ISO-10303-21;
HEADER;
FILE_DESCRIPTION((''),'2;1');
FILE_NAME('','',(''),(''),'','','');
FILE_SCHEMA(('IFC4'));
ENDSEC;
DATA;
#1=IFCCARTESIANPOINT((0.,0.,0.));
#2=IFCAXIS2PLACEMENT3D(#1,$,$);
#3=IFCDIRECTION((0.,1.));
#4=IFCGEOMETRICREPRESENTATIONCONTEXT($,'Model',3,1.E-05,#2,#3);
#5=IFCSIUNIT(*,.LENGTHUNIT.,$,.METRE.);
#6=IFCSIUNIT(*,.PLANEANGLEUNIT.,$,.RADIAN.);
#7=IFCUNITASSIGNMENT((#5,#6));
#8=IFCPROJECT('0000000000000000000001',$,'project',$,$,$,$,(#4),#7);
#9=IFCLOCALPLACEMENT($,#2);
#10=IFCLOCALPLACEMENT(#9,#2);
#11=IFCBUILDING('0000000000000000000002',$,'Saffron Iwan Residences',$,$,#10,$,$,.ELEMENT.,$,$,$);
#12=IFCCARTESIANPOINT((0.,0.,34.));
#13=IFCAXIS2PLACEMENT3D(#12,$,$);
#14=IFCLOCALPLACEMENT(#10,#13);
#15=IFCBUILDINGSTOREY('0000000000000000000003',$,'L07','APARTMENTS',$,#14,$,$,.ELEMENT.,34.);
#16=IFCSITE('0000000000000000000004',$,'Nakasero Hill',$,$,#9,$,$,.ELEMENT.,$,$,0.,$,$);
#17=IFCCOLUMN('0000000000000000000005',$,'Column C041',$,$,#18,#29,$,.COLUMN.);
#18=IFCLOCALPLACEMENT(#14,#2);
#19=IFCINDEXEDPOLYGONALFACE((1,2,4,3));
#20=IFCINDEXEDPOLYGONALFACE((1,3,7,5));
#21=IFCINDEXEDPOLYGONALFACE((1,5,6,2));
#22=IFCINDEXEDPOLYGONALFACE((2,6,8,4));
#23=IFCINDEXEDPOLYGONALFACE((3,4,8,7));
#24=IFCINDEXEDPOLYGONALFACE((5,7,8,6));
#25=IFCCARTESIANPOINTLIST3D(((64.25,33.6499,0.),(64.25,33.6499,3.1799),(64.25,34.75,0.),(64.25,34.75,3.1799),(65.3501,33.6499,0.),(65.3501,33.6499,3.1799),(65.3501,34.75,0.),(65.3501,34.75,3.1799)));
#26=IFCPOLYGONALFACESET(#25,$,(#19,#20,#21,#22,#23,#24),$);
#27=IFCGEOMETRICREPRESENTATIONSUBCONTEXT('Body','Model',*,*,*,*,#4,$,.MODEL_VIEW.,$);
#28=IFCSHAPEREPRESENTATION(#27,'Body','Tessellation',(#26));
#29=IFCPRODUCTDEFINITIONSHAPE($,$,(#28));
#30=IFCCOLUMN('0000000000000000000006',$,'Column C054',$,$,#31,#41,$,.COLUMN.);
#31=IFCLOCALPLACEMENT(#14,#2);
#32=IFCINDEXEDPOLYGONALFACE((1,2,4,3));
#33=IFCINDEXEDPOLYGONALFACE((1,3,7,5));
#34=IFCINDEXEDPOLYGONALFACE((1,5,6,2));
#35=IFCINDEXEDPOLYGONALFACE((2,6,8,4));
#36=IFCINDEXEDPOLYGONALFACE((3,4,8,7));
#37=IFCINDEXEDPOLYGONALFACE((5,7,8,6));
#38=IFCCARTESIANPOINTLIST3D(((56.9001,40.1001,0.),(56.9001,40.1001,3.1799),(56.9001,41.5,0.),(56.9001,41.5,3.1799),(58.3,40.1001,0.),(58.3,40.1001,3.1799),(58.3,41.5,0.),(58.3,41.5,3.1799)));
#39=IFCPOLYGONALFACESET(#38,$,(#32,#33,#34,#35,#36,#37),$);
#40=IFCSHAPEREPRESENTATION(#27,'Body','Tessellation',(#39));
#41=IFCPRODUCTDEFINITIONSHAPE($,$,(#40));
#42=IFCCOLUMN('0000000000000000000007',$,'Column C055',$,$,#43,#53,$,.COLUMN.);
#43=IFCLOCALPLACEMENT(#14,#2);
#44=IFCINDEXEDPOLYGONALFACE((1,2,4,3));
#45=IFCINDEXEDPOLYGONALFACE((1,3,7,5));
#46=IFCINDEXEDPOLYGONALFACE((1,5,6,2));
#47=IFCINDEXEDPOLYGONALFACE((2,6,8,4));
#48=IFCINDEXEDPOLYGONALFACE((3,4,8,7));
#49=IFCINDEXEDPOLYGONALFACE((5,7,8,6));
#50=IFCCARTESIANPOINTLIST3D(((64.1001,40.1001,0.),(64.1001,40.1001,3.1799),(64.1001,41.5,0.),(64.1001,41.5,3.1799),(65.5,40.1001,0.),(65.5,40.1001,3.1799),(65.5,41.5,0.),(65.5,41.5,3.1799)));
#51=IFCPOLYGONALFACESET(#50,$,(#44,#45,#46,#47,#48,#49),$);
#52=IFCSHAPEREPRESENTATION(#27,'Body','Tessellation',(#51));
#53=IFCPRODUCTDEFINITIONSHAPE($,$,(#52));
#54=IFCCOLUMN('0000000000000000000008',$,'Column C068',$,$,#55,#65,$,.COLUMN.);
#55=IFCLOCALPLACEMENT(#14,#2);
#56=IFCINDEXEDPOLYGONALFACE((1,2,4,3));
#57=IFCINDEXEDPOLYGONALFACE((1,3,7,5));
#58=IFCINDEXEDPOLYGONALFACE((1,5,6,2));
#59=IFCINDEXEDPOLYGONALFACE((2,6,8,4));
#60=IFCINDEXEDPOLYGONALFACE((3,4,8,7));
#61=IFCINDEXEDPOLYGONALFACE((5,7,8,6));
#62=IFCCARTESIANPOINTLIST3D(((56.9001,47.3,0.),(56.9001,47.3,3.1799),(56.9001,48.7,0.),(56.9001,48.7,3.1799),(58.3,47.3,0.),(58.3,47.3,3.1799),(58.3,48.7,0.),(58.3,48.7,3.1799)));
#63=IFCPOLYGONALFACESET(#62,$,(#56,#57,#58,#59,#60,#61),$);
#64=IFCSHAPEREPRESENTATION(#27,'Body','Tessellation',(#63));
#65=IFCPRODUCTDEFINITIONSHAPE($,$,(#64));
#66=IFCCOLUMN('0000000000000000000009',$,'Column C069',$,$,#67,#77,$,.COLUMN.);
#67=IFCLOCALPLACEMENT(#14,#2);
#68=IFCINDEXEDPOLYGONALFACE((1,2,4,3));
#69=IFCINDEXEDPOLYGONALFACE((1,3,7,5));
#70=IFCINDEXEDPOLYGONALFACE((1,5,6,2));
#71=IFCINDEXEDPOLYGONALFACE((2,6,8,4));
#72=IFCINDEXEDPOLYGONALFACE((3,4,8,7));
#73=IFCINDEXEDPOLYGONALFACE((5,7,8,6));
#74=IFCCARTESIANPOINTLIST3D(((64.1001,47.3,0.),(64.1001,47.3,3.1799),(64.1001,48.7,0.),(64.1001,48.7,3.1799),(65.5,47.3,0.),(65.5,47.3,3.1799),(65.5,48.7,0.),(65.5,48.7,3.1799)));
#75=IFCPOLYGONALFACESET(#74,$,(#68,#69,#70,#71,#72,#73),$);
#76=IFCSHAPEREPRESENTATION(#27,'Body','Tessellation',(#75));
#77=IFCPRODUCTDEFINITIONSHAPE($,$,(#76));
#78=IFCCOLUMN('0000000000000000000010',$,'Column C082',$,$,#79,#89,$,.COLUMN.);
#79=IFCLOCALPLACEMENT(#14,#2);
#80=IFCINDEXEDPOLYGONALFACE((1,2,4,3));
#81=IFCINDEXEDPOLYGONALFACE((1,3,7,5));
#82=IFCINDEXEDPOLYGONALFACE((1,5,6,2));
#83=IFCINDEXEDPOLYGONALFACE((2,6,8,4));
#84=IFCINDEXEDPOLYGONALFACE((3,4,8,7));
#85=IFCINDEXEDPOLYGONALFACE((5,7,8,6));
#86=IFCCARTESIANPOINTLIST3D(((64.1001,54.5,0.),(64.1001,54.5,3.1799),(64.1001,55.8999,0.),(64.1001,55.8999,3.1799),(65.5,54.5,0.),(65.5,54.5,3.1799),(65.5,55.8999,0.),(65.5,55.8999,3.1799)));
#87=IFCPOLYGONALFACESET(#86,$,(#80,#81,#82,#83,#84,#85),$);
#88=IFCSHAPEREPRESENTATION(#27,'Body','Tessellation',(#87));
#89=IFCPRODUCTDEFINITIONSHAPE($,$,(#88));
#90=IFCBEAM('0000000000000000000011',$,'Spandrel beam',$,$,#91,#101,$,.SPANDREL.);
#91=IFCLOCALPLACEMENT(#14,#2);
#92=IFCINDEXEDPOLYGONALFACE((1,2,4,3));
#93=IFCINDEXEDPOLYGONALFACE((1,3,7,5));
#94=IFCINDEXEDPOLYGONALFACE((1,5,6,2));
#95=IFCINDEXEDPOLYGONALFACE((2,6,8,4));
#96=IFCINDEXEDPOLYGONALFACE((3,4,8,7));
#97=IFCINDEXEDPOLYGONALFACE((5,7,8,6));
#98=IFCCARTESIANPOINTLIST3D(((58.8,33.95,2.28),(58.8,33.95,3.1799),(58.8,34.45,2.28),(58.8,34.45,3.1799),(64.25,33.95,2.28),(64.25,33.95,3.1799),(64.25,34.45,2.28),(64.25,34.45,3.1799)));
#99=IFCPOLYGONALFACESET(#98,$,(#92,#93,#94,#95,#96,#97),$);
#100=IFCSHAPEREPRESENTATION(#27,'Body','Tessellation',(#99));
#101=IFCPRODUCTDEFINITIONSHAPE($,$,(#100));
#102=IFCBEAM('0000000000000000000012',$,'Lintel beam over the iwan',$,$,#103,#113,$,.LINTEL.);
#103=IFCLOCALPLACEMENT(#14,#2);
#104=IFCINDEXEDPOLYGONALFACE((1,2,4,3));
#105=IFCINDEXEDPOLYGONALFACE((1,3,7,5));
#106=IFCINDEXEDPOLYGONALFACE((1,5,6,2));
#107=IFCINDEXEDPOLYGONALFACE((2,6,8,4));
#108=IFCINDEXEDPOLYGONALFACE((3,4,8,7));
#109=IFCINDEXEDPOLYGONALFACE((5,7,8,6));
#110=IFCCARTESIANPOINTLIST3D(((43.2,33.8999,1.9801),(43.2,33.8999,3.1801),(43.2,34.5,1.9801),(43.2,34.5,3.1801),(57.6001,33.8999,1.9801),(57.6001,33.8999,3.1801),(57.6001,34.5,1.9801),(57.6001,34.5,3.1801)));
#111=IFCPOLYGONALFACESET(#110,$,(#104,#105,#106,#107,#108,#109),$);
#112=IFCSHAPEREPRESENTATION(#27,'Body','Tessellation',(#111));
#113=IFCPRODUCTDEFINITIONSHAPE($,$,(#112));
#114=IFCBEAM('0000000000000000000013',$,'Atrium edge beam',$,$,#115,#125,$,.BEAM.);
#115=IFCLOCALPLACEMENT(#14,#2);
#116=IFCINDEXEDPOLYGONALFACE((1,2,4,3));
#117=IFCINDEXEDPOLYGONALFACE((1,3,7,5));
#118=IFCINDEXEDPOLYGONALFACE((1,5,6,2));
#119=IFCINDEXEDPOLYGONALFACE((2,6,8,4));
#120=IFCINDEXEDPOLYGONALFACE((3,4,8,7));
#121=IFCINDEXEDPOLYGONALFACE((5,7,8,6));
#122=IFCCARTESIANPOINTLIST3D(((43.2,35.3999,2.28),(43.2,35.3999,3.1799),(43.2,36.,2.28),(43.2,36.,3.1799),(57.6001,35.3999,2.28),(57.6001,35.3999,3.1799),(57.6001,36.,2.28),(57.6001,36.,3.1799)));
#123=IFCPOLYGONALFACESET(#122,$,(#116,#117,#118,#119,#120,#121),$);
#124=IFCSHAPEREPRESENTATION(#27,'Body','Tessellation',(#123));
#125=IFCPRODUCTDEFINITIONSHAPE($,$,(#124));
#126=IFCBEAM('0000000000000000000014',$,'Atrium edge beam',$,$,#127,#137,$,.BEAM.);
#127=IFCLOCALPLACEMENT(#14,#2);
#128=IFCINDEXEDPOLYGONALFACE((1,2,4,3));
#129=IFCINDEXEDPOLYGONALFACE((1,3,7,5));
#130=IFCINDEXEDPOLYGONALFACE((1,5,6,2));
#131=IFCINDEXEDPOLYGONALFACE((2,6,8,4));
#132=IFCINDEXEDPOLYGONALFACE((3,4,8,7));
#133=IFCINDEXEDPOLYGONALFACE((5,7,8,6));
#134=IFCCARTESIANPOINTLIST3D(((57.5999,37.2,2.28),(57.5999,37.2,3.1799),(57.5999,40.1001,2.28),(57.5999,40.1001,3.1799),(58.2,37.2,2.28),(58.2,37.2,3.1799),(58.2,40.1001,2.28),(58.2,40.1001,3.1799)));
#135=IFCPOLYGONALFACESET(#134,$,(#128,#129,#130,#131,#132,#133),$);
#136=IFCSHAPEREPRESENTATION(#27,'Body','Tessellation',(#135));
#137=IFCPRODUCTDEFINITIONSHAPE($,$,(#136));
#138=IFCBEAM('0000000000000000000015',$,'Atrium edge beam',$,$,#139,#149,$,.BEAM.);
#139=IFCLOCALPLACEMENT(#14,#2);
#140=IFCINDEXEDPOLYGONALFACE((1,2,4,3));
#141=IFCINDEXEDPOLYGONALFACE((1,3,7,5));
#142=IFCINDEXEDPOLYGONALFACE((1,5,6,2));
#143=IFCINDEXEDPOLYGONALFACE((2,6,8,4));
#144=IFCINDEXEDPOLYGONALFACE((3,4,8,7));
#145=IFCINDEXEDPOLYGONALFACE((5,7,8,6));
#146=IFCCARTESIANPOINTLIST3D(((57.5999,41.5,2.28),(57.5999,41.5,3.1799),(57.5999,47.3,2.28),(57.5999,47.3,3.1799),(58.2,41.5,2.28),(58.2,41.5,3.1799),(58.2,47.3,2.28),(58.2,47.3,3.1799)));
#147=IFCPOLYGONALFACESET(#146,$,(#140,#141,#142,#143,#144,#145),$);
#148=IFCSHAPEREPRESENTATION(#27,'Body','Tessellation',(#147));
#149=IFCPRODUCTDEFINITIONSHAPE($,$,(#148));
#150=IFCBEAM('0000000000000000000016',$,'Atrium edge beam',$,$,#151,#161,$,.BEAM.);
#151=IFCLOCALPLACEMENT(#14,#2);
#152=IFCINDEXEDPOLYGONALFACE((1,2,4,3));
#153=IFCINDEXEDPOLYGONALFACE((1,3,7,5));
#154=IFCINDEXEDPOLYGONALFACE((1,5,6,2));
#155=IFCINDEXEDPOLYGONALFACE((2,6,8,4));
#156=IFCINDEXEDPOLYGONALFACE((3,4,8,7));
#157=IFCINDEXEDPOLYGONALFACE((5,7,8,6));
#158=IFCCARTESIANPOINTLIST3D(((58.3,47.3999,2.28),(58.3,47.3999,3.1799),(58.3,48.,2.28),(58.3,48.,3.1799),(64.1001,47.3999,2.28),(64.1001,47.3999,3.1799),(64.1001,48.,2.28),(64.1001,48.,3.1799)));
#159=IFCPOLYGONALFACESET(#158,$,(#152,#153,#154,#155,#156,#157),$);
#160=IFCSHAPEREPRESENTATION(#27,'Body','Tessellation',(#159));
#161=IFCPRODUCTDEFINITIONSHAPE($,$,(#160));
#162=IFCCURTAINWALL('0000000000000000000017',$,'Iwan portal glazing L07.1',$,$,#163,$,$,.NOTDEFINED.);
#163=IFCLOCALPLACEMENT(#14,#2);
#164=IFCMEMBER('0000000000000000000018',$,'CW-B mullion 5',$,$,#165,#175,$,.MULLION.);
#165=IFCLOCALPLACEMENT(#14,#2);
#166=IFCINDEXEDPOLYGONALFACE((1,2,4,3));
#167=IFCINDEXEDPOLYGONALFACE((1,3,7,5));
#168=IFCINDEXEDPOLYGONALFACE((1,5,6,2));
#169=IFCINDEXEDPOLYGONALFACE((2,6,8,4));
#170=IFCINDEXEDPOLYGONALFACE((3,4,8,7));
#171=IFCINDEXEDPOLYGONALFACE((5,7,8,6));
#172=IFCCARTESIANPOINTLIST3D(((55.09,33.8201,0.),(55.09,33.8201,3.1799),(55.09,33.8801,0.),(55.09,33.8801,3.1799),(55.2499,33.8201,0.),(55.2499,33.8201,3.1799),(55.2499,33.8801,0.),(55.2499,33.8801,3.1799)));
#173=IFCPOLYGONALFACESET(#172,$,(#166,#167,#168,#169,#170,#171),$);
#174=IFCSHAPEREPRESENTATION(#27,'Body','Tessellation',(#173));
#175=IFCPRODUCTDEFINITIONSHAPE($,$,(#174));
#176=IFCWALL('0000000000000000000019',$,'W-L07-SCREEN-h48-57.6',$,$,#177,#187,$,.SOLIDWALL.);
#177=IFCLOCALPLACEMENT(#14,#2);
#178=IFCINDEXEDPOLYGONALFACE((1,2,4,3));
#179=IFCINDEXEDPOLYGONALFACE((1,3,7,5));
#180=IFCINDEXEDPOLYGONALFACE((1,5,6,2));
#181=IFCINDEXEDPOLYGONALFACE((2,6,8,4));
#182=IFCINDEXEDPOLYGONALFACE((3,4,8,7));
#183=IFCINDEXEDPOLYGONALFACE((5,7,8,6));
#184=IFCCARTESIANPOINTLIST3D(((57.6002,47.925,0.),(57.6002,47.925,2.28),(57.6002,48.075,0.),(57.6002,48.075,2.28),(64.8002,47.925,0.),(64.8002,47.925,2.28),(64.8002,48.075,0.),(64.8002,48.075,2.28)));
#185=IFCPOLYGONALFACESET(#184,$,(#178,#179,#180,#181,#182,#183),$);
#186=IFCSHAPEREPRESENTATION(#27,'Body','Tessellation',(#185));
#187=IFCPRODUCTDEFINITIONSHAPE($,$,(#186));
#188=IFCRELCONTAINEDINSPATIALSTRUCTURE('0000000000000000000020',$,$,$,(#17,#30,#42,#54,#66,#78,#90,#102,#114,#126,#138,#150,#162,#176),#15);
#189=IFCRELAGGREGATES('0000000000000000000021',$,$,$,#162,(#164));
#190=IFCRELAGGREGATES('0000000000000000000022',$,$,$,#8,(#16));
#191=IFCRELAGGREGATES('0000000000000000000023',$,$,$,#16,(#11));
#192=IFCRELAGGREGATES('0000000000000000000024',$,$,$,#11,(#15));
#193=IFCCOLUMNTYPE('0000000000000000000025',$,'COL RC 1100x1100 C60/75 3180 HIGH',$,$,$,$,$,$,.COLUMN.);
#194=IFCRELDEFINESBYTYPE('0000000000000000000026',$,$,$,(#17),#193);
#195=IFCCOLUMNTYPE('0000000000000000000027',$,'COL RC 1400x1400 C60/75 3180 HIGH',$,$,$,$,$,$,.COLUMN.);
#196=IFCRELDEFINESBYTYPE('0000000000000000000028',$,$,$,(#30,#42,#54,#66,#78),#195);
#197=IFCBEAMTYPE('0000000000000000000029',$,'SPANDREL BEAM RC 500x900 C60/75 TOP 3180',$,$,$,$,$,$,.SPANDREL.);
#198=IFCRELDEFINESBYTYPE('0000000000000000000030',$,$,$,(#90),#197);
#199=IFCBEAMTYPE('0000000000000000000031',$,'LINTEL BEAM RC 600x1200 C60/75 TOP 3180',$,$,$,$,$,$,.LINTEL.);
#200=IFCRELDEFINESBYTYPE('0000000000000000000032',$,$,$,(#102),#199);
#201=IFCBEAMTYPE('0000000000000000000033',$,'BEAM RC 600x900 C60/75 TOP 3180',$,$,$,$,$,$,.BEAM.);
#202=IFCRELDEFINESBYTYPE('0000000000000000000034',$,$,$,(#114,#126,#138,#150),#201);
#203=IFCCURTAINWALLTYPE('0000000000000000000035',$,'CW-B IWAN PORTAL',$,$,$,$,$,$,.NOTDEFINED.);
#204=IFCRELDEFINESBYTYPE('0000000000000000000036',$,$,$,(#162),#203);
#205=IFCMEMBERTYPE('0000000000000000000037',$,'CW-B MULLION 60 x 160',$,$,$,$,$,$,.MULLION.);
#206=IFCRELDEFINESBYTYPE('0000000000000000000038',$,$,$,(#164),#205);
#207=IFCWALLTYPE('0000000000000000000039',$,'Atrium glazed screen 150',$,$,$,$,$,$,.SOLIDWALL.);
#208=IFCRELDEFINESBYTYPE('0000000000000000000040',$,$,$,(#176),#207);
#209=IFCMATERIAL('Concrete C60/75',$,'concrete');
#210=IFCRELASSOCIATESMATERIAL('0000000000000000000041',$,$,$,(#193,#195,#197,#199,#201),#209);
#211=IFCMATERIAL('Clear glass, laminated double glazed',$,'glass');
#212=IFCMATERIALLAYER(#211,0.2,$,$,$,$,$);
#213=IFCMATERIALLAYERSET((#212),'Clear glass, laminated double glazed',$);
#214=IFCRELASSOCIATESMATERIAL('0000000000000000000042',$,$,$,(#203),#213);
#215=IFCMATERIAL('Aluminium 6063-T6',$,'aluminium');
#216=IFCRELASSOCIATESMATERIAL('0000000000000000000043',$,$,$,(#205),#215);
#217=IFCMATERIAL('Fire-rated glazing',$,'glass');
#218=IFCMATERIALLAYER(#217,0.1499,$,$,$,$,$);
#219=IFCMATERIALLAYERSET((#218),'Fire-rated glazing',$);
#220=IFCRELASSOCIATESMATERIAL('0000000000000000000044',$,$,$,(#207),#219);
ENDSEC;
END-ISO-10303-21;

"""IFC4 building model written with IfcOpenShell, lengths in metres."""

from ifc_helpers import new_model, si_unit, direction, frame, frame_2d, origin, origin_2d, place, context, subcontext, project, spatial, rectangle, extrude, source, transform, mapped, material, layer, layer_set, material_profile, profile_set, type_object, element, aggregate, save


model = new_model("IFC4")

# Units and contexts
model_context = context("Model", 3, precision=1e-05, world=origin(), true_north=direction((0.0, 1.0)))
body_context = subcontext(model_context, "Body", "Model", "MODEL_VIEW")
ifc_project = project(units=[si_unit("LENGTHUNIT", "METRE"), si_unit("PLANEANGLEUNIT", "RADIAN")], contexts=[model_context])

# Site, building, storey
site_placement = place(None, origin())
site = spatial("IfcSite", under=ifc_project, at=site_placement, Name="Nakasero Hill", CompositionType="ELEMENT", RefElevation=0.0)
building_placement = place(site_placement, origin())
building = spatial("IfcBuilding", under=site, at=building_placement, Name="Saffron Iwan Residences", CompositionType="ELEMENT")
storey_placement = place(building_placement, frame((0.0, 0.0, 34.0)))
storey = spatial("IfcBuildingStorey", under=building, at=storey_placement, Name="L07", Description="APARTMENTS", CompositionType="ELEMENT", Elevation=34.0)

# Columns
ifc_material_1 = material(Name="Concrete C60/75", Category="concrete")
ifc_material_profile_1 = material_profile(ifc_material_1, rectangle(XDim=1.1001, YDim=1.1001, at=origin_2d()), Name="RC 1100x1100")
ifc_profile_set_1 = profile_set([ifc_material_profile_1], Name="Concrete C60/75")
column_type_1 = type_object("IfcColumnType", Name="COL RC 1100x1100 C60/75 3180 HIGH", PredefinedType="COLUMN", material=ifc_profile_set_1)
shared_shape_1 = source(origin(), body_context, "Body", "SweptSolid", [
    extrude(rectangle(XDim=1.1001, YDim=1.1001, at=origin_2d()), origin(), (0.0, 0.0, 1.0), 3.1799),
])
column_placement = place(storey_placement, frame((64.8, 34.2, 0.0), z_axis=(0.0, 0.0, 1.0), x_axis=(1.0, 0.0, 0.0)))
element("IfcColumn", 1, at=column_placement, inside=storey, type_object=column_type_1, Name="Column C041", PredefinedType="COLUMN", context=body_context, shape_type="MappedRepresentation", body=[
    mapped(shared_shape_1, transform((0.0, 0.0, 0.0))),
])
ifc_material_profile_2 = material_profile(ifc_material_1, rectangle(XDim=1.3999, YDim=1.3999, at=origin_2d()), Name="RC 1400x1400")
ifc_profile_set_2 = profile_set([ifc_material_profile_2], Name="Concrete C60/75")
column_type_2 = type_object("IfcColumnType", Name="COL RC 1400x1400 C60/75 3180 HIGH", PredefinedType="COLUMN", material=ifc_profile_set_2)
shared_shape_2 = source(origin(), body_context, "Body", "SweptSolid", [
    extrude(rectangle(XDim=1.3999, YDim=1.3999, at=origin_2d()), origin(), (0.0, 0.0, 1.0), 3.1799),
])
for number, where, z_axis, x_axis, name in (
    (2, (57.6001, 40.8, 0.0), (0.0, 0.0, 1.0), (1.0, 0.0, 0.0), "Column C054"),
    (3, (64.8, 40.8, 0.0), (0.0, 0.0, 1.0), (1.0, 0.0, 0.0), "Column C055"),
    (4, (57.6001, 48.0, 0.0), (0.0, 0.0, 1.0), (1.0, 0.0, 0.0), "Column C068"),
    (5, (64.8, 48.0, 0.0), (0.0, 0.0, 1.0), (1.0, 0.0, 0.0), "Column C069"),
    (6, (64.8, 55.2, 0.0), (0.0, 0.0, 1.0), (1.0, 0.0, 0.0), "Column C082"),
):
    element("IfcColumn", number, at=place(storey_placement, frame(where, z_axis=z_axis, x_axis=x_axis)), inside=storey, type_object=column_type_2, Name=name, PredefinedType="COLUMN", context=body_context, shape_type="MappedRepresentation", body=[
        mapped(shared_shape_2, transform((0.0, 0.0, 0.0))),
    ])

# Beams
ifc_material_profile_3 = material_profile(ifc_material_1, rectangle(XDim=0.5, YDim=0.8999, at=origin_2d()), Name="RC 500x900")
ifc_profile_set_3 = profile_set([ifc_material_profile_3], Name="Concrete C60/75")
beam_type_1 = type_object("IfcBeamType", Name="SPANDREL BEAM RC 500x900 C60/75 TOP 3180", PredefinedType="SPANDREL", material=ifc_profile_set_3)
shared_shape_3 = source(origin(), body_context, "Body", "SweptSolid", [
    extrude(rectangle(XDim=0.5, YDim=0.8999, at=origin_2d()), origin(), (0.0, 0.0, 1.0), 5.45),
])
beam_1_placement = place(storey_placement, frame((64.25, 34.2, 2.73), z_axis=(-1.0, 0.0, 0.0), x_axis=(0.0, -1.0, 0.0)))
element("IfcBeam", 7, at=beam_1_placement, inside=storey, type_object=beam_type_1, Name="Spandrel beam", PredefinedType="SPANDREL", context=body_context, shape_type="MappedRepresentation", body=[
    mapped(shared_shape_3, transform((0.0, 0.0, 0.0))),
])
ifc_material_profile_4 = material_profile(ifc_material_1, rectangle(XDim=0.6001, YDim=1.2, at=origin_2d()), Name="RC 600x1200")
ifc_profile_set_4 = profile_set([ifc_material_profile_4], Name="Concrete C60/75")
beam_type_2 = type_object("IfcBeamType", Name="LINTEL BEAM RC 600x1200 C60/75 TOP 3180", PredefinedType="LINTEL", material=ifc_profile_set_4)
shared_shape_4 = source(origin(), body_context, "Body", "SweptSolid", [
    extrude(rectangle(XDim=0.6001, YDim=1.2, at=origin_2d()), origin(), (0.0, 0.0, 1.0), 14.4001),
])
beam_2_placement = place(storey_placement, frame((57.6001, 34.2, 2.5801), z_axis=(-1.0, 0.0, 0.0), x_axis=(0.0, -1.0, 0.0)))
element("IfcBeam", 8, at=beam_2_placement, inside=storey, type_object=beam_type_2, Name="Lintel beam over the iwan", PredefinedType="LINTEL", context=body_context, shape_type="MappedRepresentation", body=[
    mapped(shared_shape_4, transform((0.0, 0.0, 0.0))),
])
ifc_material_profile_5 = material_profile(ifc_material_1, rectangle(XDim=0.6001, YDim=0.8999, at=origin_2d()), Name="RC 600x900")
ifc_profile_set_5 = profile_set([ifc_material_profile_5], Name="Concrete C60/75")
beam_type_3 = type_object("IfcBeamType", Name="BEAM RC 600x900 C60/75 TOP 3180", PredefinedType="BEAM", material=ifc_profile_set_5)
shared_shape_5 = source(origin(), body_context, "Body", "SweptSolid", [
    extrude(rectangle(XDim=0.6001, YDim=0.8999, at=origin_2d()), origin(), (0.0, 0.0, 1.0), 14.4001),
])
beam_3_placement = place(storey_placement, frame((57.6001, 35.7, 2.73), z_axis=(-1.0, 0.0, 0.0), x_axis=(0.0, -1.0, 0.0)))
element("IfcBeam", 9, at=beam_3_placement, inside=storey, type_object=beam_type_3, Name="Atrium edge beam", PredefinedType="BEAM", context=body_context, shape_type="MappedRepresentation", body=[
    mapped(shared_shape_5, transform((0.0, 0.0, 0.0))),
])
shared_shape_6 = source(origin(), body_context, "Body", "SweptSolid", [
    extrude(rectangle(XDim=0.6001, YDim=0.8999, at=origin_2d()), origin(), (0.0, 0.0, 1.0), 2.9001),
])
beam_4_placement = place(storey_placement, frame((57.8999, 40.1001, 2.73), z_axis=(0.0, -1.0, 0.0), x_axis=(1.0, 0.0, 0.0)))
element("IfcBeam", 10, at=beam_4_placement, inside=storey, type_object=beam_type_3, Name="Atrium edge beam", PredefinedType="BEAM", context=body_context, shape_type="MappedRepresentation", body=[
    mapped(shared_shape_6, transform((0.0, 0.0, 0.0))),
])
shared_shape_7 = source(origin(), body_context, "Body", "SweptSolid", [
    extrude(rectangle(XDim=0.6001, YDim=0.8999, at=origin_2d()), origin(), (0.0, 0.0, 1.0), 5.8),
])
for number, where, z_axis, x_axis, name in (
    (11, (57.8999, 47.3, 2.73), (0.0, -1.0, 0.0), (1.0, 0.0, 0.0), "Atrium edge beam"),
    (12, (64.1001, 47.7, 2.73), (-1.0, 0.0, 0.0), (0.0, -1.0, 0.0), "Atrium edge beam"),
):
    element("IfcBeam", number, at=place(storey_placement, frame(where, z_axis=z_axis, x_axis=x_axis)), inside=storey, type_object=beam_type_3, Name=name, PredefinedType="BEAM", context=body_context, shape_type="MappedRepresentation", body=[
        mapped(shared_shape_7, transform((0.0, 0.0, 0.0))),
    ])

# Curtain wall, member
ifc_material_2 = material(Name="Clear glass, laminated double glazed", Category="glass")
ifc_layer_1 = layer(ifc_material_2, 0.2)
ifc_layer_set_1 = layer_set([ifc_layer_1], Name="Clear glass, laminated double glazed")
curtain_wall_type = type_object("IfcCurtainWallType", Name="CW-B IWAN PORTAL", PredefinedType="NOTDEFINED", material=ifc_layer_set_1)
curtain_wall_placement = place(storey_placement, origin())
curtain_wall = element("IfcCurtainWall", 13, at=curtain_wall_placement, inside=storey, type_object=curtain_wall_type, Name="Iwan portal glazing L07.1", PredefinedType="NOTDEFINED")
ifc_material_3 = material(Name="Aluminium 6063-T6", Category="aluminium")
ifc_material_profile_6 = material_profile(ifc_material_3, rectangle(XDim=0.0601, YDim=0.1599, at=origin_2d()), Name="CW-B MULLION 60 x 160")
ifc_profile_set_6 = profile_set([ifc_material_profile_6], Name="Aluminium 6063-T6")
member_type = type_object("IfcMemberType", Name="CW-B MULLION 60 x 160", PredefinedType="MULLION", material=ifc_profile_set_6)
shared_shape_8 = source(origin(), body_context, "Body", "SweptSolid", [
    extrude(rectangle(XDim=0.0601, YDim=0.1599, at=origin_2d()), origin(), (0.0, 0.0, 1.0), 3.1799),
])
member_placement = place(storey_placement, frame((55.1699, 33.8501, 0.0), z_axis=(0.0, 0.0, 1.0), x_axis=(0.0, 1.0, 0.0)))
member = element("IfcMember", 14, at=member_placement, type_object=member_type, Name="CW-B mullion 5", PredefinedType="MULLION", context=body_context, shape_type="MappedRepresentation", body=[
    mapped(shared_shape_8, transform((0.0, 0.0, 0.0))),
])
aggregate(curtain_wall, [member])

# Wall
ifc_material_4 = material(Name="Fire-rated glazing", Category="glass")
ifc_layer_2 = layer(ifc_material_4, 0.1499)
ifc_layer_set_2 = layer_set([ifc_layer_2], Name="Fire-rated glazing")
wall_type_1 = type_object("IfcWallType", Name="Atrium glazed screen 150", PredefinedType="SOLIDWALL", material=ifc_layer_set_2)
wall_1_placement = place(storey_placement, frame((57.6001, 48.0, 0.0), z_axis=(0.0, 0.0, 1.0), x_axis=(1.0, 0.0, 0.0)))
element("IfcWall", 15, at=wall_1_placement, inside=storey, type_object=wall_type_1, Name="W-L07-SCREEN-h48-57.6", PredefinedType="SOLIDWALL", context=body_context, shape_type="SweptSolid", body=[
    extrude(rectangle(XDim=7.2, YDim=0.1499, at=frame_2d((3.6001, 0.0))), origin(), (0.0, 0.0, 1.0), 2.28),
])

save(model, "model.ifc")
